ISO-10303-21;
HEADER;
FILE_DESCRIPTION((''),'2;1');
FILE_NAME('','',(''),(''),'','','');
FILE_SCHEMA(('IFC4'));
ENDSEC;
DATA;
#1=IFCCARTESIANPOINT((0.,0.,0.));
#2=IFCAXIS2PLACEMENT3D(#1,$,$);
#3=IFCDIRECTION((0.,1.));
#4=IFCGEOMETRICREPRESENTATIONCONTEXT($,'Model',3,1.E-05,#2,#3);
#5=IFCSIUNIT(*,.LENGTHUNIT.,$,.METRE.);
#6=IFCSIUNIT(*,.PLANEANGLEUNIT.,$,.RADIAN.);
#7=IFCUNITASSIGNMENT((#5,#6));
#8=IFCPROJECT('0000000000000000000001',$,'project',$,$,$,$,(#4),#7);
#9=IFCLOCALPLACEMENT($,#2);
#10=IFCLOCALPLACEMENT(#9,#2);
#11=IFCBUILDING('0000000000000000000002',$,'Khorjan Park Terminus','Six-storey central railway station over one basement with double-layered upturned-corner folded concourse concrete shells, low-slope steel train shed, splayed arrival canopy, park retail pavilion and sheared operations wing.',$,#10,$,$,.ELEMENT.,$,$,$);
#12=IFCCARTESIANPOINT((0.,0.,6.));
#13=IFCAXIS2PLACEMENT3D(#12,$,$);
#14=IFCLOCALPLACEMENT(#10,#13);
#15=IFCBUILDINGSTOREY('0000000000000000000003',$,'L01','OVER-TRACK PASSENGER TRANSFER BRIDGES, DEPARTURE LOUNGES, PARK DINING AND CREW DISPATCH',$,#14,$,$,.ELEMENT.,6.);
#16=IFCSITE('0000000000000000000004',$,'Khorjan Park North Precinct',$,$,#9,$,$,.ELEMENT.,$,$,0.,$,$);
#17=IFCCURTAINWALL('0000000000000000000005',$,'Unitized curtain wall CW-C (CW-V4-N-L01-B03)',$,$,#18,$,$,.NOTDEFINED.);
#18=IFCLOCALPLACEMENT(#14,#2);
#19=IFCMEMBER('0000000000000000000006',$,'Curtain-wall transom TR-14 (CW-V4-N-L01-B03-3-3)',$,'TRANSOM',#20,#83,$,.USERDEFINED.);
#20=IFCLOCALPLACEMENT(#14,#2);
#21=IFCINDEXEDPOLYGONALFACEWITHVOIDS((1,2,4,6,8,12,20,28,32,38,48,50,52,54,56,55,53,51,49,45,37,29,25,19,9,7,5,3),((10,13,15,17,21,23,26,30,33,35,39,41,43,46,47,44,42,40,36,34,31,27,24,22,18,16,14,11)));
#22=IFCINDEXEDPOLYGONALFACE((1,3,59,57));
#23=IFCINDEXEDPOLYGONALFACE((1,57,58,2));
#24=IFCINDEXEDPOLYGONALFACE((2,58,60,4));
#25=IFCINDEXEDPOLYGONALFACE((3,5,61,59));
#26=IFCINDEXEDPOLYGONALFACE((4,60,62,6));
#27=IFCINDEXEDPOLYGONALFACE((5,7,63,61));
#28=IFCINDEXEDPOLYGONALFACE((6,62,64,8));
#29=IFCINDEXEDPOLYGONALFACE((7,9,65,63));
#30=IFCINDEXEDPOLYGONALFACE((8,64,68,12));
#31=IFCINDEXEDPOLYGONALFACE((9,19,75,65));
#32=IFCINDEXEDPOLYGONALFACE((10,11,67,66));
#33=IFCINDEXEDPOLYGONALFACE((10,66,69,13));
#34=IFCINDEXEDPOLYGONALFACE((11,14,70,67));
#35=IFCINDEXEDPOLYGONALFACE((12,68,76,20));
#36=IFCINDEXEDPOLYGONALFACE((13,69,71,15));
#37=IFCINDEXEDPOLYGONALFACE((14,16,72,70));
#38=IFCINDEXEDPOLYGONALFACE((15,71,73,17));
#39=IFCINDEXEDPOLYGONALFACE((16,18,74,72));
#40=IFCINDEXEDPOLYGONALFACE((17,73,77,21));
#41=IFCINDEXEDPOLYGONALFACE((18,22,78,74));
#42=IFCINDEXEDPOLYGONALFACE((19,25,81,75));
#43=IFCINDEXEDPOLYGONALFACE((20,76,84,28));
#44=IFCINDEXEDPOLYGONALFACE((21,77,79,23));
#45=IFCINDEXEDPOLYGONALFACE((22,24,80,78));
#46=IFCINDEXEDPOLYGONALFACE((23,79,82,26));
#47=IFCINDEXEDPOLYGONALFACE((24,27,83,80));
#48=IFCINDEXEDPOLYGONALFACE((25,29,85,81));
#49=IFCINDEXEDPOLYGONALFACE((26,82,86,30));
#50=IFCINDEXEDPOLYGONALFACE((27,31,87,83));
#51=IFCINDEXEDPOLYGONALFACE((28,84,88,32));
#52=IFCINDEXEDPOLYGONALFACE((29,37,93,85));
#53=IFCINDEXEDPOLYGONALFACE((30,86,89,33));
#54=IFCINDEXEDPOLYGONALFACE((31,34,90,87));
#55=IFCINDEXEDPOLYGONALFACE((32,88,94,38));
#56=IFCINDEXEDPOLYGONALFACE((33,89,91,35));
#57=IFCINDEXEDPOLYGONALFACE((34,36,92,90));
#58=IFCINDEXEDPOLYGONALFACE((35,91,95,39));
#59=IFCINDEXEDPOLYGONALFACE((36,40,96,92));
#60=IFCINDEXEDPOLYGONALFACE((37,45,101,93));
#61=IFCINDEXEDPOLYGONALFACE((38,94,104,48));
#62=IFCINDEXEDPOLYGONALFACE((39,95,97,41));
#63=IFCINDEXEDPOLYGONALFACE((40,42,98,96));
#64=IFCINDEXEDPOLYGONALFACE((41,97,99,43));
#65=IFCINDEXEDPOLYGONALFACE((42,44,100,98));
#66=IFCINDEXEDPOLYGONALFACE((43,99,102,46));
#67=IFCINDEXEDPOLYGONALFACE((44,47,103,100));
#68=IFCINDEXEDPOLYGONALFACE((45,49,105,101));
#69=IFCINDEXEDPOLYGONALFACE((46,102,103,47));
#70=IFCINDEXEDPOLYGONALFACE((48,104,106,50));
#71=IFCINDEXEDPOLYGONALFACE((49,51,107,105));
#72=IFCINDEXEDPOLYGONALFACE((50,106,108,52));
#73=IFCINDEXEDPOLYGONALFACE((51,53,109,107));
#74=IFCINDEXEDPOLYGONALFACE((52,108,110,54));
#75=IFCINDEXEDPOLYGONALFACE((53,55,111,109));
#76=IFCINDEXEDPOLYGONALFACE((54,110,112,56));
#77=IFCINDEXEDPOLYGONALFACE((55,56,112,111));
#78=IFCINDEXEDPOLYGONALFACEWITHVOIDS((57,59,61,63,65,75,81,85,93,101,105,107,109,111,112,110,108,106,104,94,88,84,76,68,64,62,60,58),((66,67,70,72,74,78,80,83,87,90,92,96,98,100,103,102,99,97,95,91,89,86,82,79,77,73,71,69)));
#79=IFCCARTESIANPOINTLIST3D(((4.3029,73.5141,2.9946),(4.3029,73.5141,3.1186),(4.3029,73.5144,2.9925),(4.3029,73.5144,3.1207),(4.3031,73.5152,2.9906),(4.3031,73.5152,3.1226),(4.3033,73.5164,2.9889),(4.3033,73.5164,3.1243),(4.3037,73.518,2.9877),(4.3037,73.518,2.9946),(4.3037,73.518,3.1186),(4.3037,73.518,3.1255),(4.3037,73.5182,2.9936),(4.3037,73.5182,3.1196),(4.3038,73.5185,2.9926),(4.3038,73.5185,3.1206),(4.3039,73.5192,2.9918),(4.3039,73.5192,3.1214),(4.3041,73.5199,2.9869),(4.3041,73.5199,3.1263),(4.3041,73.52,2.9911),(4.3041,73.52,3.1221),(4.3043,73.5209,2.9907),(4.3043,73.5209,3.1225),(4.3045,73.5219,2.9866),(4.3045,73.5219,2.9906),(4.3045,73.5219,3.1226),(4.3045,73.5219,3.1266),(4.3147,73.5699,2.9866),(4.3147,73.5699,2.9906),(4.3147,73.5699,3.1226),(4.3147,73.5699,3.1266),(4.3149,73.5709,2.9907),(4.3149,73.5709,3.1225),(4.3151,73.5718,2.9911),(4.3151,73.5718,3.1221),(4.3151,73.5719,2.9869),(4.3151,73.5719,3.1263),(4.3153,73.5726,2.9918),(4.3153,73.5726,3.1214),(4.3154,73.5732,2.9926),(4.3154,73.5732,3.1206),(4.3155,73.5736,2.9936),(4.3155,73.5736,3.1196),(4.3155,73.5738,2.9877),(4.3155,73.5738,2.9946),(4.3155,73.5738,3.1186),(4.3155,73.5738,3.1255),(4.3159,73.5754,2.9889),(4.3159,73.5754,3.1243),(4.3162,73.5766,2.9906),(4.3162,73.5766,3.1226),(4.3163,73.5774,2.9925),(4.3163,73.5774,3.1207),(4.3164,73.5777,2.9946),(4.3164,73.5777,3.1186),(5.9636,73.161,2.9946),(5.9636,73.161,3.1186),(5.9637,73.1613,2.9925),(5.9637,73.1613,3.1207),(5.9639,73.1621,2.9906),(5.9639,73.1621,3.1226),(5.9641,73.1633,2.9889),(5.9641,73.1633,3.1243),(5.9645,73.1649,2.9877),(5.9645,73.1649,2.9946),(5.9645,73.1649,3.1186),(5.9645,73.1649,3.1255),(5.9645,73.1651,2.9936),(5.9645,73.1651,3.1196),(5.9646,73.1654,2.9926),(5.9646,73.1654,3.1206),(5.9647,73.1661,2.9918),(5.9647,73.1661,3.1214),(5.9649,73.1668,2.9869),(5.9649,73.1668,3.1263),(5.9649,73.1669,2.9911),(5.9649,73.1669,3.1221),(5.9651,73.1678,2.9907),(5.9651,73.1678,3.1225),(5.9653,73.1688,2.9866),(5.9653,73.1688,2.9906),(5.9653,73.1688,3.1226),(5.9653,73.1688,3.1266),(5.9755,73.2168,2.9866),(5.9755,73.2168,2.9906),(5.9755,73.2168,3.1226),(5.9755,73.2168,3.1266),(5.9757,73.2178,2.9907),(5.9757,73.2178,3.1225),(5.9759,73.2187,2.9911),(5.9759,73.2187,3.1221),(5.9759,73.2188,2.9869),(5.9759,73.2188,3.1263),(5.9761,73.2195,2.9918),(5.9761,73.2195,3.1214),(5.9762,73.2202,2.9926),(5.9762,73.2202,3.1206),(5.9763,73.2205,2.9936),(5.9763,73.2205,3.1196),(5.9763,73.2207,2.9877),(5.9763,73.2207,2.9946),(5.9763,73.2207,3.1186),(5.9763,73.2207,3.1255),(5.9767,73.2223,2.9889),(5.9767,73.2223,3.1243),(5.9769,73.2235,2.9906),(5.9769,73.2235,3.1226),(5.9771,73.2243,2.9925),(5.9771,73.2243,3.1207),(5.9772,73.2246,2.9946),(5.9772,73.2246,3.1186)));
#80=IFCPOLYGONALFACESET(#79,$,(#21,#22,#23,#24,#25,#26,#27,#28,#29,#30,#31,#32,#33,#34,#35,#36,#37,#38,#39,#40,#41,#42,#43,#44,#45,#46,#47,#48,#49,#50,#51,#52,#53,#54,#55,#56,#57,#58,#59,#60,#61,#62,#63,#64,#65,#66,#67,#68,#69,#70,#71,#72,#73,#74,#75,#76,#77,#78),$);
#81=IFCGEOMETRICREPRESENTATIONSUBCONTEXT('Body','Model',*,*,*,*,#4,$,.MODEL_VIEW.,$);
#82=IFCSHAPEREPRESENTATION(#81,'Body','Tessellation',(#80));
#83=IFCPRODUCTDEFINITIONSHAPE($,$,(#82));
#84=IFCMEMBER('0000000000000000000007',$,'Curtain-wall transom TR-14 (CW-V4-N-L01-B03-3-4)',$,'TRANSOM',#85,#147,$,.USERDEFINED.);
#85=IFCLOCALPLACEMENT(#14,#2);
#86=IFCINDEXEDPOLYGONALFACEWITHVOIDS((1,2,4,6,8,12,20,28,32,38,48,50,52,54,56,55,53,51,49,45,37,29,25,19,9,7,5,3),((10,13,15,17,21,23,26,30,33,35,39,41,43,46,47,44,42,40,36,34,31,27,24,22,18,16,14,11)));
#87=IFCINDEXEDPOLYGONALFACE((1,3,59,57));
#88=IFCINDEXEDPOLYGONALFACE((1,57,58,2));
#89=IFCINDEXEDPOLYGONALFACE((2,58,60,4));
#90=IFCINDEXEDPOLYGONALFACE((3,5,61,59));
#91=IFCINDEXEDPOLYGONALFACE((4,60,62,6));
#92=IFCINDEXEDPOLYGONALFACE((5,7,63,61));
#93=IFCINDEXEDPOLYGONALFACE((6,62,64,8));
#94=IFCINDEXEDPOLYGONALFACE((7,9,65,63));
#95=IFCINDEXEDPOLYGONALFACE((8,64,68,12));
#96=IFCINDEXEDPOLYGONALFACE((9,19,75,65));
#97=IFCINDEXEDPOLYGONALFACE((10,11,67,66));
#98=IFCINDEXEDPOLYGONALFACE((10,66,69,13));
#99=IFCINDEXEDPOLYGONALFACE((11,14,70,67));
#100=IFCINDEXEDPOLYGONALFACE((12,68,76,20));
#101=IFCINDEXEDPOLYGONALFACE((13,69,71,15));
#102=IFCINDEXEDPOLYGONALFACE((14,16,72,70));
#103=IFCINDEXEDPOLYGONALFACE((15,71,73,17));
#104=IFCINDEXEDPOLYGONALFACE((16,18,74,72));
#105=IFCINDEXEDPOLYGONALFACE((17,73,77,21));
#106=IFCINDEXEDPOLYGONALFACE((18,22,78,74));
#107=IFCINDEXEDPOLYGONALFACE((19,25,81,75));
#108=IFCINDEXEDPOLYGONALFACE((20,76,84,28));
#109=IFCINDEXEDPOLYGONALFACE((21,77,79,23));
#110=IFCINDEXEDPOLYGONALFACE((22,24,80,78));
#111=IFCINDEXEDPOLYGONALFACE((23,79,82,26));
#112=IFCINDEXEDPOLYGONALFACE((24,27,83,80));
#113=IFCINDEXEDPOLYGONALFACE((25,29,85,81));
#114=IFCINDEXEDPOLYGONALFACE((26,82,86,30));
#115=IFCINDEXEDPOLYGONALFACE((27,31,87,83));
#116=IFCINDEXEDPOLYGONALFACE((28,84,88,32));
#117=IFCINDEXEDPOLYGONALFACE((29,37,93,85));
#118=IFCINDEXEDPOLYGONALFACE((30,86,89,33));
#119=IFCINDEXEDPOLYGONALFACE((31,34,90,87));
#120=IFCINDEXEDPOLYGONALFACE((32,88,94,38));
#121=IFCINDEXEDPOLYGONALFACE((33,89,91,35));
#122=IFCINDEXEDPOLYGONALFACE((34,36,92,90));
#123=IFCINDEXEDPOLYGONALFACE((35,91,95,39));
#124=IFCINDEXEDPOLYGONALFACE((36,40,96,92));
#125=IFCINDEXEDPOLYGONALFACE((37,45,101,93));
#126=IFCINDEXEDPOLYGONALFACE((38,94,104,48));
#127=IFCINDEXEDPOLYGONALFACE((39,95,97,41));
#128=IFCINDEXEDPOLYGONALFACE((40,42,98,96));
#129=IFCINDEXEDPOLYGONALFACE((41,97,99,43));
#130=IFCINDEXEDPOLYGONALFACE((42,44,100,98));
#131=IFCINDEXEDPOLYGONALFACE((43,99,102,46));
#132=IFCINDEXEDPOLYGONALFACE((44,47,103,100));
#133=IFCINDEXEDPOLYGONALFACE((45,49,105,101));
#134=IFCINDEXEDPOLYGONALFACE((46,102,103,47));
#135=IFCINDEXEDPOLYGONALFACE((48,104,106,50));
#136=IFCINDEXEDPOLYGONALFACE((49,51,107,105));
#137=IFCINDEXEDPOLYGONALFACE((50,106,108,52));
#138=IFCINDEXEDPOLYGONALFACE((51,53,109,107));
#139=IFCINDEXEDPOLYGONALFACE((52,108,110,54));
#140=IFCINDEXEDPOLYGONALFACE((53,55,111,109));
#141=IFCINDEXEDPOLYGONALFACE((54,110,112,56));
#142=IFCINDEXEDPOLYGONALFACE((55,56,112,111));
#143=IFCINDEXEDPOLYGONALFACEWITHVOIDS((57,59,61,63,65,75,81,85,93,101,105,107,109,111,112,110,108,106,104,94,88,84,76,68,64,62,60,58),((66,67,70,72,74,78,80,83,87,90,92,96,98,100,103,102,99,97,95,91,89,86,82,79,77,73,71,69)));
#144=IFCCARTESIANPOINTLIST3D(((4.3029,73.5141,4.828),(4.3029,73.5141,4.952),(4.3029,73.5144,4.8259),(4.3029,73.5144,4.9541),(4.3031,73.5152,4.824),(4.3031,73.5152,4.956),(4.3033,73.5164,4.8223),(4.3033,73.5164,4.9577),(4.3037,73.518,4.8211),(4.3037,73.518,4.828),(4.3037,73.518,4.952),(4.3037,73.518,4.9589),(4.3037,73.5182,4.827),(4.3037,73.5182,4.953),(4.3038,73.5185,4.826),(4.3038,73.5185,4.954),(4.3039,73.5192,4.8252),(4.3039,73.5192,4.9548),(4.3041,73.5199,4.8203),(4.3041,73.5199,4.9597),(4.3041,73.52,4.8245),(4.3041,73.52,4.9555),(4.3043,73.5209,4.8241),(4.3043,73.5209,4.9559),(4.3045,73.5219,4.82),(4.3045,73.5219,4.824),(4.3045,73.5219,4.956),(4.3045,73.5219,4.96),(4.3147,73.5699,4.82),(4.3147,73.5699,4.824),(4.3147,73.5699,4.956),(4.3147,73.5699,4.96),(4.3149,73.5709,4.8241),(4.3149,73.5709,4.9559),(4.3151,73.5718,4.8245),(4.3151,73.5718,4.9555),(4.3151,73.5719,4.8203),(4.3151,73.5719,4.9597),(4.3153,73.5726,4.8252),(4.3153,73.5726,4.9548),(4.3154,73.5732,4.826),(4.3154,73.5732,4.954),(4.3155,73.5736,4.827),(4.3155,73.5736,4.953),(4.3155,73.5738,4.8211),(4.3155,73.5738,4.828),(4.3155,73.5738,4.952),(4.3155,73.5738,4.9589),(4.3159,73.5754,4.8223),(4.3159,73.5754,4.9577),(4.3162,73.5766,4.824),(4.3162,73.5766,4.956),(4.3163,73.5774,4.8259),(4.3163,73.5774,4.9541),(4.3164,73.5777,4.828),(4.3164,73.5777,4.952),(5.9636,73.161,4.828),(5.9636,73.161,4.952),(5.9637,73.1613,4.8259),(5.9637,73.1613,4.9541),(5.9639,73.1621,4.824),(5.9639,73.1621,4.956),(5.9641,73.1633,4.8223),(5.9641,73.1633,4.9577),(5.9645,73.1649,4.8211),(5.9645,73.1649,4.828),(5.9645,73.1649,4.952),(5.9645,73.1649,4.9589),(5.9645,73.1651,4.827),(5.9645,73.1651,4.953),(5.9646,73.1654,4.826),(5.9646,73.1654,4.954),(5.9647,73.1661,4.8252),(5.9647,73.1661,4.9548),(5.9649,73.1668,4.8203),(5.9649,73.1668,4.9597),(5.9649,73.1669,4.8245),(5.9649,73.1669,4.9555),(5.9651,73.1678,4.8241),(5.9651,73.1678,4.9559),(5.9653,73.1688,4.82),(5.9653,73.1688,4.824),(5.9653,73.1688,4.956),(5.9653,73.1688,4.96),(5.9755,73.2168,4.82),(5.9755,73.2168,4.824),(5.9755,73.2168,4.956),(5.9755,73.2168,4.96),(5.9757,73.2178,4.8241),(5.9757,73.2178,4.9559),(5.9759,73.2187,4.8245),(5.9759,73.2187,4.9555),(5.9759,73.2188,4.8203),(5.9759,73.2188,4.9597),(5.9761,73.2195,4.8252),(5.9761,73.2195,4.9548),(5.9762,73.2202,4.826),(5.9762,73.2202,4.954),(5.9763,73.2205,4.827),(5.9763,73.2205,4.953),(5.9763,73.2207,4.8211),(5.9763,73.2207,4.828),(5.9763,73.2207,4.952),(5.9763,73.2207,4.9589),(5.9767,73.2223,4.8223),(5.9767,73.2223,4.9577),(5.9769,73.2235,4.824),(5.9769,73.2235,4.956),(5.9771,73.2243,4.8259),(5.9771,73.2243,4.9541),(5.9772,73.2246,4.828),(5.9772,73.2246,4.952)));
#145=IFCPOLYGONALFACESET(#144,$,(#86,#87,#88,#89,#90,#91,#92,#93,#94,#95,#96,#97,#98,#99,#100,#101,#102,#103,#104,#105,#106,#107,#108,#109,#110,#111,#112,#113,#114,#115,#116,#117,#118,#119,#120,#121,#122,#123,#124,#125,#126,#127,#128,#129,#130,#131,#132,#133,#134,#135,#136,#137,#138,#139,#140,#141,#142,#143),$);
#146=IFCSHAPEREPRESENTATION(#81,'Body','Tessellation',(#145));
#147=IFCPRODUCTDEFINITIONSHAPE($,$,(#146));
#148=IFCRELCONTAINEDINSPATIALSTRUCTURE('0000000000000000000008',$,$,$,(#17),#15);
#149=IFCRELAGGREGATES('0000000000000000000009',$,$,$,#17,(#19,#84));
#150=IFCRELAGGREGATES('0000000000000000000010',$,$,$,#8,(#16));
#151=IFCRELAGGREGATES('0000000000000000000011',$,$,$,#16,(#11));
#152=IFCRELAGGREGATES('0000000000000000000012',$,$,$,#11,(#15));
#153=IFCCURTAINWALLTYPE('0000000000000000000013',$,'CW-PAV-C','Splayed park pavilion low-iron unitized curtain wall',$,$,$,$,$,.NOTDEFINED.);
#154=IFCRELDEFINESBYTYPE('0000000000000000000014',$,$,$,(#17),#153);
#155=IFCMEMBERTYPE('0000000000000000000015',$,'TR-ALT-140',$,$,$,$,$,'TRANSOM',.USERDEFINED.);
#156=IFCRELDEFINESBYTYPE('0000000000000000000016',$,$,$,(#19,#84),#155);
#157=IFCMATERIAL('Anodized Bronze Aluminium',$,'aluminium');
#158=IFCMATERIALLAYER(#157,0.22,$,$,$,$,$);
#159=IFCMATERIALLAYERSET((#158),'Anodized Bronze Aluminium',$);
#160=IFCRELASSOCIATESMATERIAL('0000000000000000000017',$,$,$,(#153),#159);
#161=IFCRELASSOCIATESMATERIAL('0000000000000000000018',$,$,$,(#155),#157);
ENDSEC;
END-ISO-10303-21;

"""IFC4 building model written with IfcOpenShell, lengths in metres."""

from ifc_helpers import new_model, si_unit, direction, frame, origin, origin_2d, place, context, subcontext, project, spatial, hollow_rectangle, extrude, material, layer, layer_set, material_profile, profile_set, type_object, element, aggregate, save


model = new_model("IFC4")

# Units and contexts
model_context = context("Model", 3, precision=1e-05, world=origin(), true_north=direction((0.0, 1.0)))
body_context = subcontext(model_context, "Body", "Model", "MODEL_VIEW")
ifc_project = project(units=[si_unit("LENGTHUNIT", "METRE"), si_unit("PLANEANGLEUNIT", "RADIAN")], contexts=[model_context])

# Site, building, storey
site_placement = place(None, origin())
site = spatial("IfcSite", under=ifc_project, at=site_placement, Name="Khorjan Park North Precinct", CompositionType="ELEMENT", RefElevation=0.0)
building_placement = place(site_placement, origin())
building = spatial("IfcBuilding", under=site, at=building_placement, Name="Khorjan Park Terminus", Description="Six-storey central railway station over one basement with double-layered upturned-corner folded concourse concrete shells, low-slope steel train shed, splayed arrival canopy, park retail pavilion and sheared operations wing.", CompositionType="ELEMENT")
storey_placement = place(building_placement, frame((0.0, 0.0, 6.0)))
storey = spatial("IfcBuildingStorey", under=building, at=storey_placement, Name="L01", Description="OVER-TRACK PASSENGER TRANSFER BRIDGES, DEPARTURE LOUNGES, PARK DINING AND CREW DISPATCH", CompositionType="ELEMENT", Elevation=6.0)

# Curtain wall
ifc_material_1 = material(Name="Anodized Bronze Aluminium", Category="aluminium")
ifc_layer_1 = layer(ifc_material_1, 0.22)
ifc_layer_set_1 = layer_set([ifc_layer_1], Name="Anodized Bronze Aluminium")
curtain_wall_type = type_object("IfcCurtainWallType", Name="CW-PAV-C", Description="Splayed park pavilion low-iron unitized curtain wall", PredefinedType="NOTDEFINED", material=ifc_layer_set_1)
curtain_wall_1_placement = place(storey_placement, origin())
curtain_wall_1 = element("IfcCurtainWall", 1, at=curtain_wall_1_placement, inside=storey, type_object=curtain_wall_type, Name="Unitized curtain wall CW-C (CW-V4-N-L01-B03)", PredefinedType="NOTDEFINED")

# Members
ifc_material_profile_1 = material_profile(ifc_material_1, hollow_rectangle(XDim=0.065, YDim=0.14, WallThickness=0.004, InnerFilletRadius=0.004, OuterFilletRadius=0.008, at=origin_2d()), Name="ALT 65x140x4")
ifc_profile_set_1 = profile_set([ifc_material_profile_1], Name="Anodized Bronze Aluminium")
member_type_1 = type_object("IfcMemberType", Name="TR-ALT-140", ElementType="TRANSOM", PredefinedType="USERDEFINED", material=ifc_profile_set_1)
member_1_placement = place(storey_placement, frame((5.9704, 73.1928, 3.0566), z_axis=(-0.978137, 0.20796, 0.0), x_axis=(-0.20796, -0.978137, 0.0)))
member_1 = element("IfcMember", 2, at=member_1_placement, type_object=member_type_1, Name="Curtain-wall transom TR-14 (CW-V4-N-L01-B03-3-3)", ObjectType="TRANSOM", PredefinedType="USERDEFINED", context=body_context, shape_type="SweptSolid", body=[
    extrude(hollow_rectangle(XDim=0.065, YDim=0.14, WallThickness=0.004, InnerFilletRadius=0.004, OuterFilletRadius=0.008, at=origin_2d()), origin(), (0.0, 0.0, 1.0), 1.6979),
])
member_2_placement = place(storey_placement, frame((5.9704, 73.1928, 4.89), z_axis=(-0.978137, 0.20796, 0.0), x_axis=(-0.20796, -0.978137, 0.0)))
member_2 = element("IfcMember", 3, at=member_2_placement, type_object=member_type_1, Name="Curtain-wall transom TR-14 (CW-V4-N-L01-B03-3-4)", ObjectType="TRANSOM", PredefinedType="USERDEFINED", context=body_context, shape_type="SweptSolid", body=[
    extrude(hollow_rectangle(XDim=0.065, YDim=0.14, WallThickness=0.004, InnerFilletRadius=0.004, OuterFilletRadius=0.008, at=origin_2d()), origin(), (0.0, 0.0, 1.0), 1.6979),
])

aggregate(curtain_wall_1, [member_1, member_2])

save(model, "model.ifc")
